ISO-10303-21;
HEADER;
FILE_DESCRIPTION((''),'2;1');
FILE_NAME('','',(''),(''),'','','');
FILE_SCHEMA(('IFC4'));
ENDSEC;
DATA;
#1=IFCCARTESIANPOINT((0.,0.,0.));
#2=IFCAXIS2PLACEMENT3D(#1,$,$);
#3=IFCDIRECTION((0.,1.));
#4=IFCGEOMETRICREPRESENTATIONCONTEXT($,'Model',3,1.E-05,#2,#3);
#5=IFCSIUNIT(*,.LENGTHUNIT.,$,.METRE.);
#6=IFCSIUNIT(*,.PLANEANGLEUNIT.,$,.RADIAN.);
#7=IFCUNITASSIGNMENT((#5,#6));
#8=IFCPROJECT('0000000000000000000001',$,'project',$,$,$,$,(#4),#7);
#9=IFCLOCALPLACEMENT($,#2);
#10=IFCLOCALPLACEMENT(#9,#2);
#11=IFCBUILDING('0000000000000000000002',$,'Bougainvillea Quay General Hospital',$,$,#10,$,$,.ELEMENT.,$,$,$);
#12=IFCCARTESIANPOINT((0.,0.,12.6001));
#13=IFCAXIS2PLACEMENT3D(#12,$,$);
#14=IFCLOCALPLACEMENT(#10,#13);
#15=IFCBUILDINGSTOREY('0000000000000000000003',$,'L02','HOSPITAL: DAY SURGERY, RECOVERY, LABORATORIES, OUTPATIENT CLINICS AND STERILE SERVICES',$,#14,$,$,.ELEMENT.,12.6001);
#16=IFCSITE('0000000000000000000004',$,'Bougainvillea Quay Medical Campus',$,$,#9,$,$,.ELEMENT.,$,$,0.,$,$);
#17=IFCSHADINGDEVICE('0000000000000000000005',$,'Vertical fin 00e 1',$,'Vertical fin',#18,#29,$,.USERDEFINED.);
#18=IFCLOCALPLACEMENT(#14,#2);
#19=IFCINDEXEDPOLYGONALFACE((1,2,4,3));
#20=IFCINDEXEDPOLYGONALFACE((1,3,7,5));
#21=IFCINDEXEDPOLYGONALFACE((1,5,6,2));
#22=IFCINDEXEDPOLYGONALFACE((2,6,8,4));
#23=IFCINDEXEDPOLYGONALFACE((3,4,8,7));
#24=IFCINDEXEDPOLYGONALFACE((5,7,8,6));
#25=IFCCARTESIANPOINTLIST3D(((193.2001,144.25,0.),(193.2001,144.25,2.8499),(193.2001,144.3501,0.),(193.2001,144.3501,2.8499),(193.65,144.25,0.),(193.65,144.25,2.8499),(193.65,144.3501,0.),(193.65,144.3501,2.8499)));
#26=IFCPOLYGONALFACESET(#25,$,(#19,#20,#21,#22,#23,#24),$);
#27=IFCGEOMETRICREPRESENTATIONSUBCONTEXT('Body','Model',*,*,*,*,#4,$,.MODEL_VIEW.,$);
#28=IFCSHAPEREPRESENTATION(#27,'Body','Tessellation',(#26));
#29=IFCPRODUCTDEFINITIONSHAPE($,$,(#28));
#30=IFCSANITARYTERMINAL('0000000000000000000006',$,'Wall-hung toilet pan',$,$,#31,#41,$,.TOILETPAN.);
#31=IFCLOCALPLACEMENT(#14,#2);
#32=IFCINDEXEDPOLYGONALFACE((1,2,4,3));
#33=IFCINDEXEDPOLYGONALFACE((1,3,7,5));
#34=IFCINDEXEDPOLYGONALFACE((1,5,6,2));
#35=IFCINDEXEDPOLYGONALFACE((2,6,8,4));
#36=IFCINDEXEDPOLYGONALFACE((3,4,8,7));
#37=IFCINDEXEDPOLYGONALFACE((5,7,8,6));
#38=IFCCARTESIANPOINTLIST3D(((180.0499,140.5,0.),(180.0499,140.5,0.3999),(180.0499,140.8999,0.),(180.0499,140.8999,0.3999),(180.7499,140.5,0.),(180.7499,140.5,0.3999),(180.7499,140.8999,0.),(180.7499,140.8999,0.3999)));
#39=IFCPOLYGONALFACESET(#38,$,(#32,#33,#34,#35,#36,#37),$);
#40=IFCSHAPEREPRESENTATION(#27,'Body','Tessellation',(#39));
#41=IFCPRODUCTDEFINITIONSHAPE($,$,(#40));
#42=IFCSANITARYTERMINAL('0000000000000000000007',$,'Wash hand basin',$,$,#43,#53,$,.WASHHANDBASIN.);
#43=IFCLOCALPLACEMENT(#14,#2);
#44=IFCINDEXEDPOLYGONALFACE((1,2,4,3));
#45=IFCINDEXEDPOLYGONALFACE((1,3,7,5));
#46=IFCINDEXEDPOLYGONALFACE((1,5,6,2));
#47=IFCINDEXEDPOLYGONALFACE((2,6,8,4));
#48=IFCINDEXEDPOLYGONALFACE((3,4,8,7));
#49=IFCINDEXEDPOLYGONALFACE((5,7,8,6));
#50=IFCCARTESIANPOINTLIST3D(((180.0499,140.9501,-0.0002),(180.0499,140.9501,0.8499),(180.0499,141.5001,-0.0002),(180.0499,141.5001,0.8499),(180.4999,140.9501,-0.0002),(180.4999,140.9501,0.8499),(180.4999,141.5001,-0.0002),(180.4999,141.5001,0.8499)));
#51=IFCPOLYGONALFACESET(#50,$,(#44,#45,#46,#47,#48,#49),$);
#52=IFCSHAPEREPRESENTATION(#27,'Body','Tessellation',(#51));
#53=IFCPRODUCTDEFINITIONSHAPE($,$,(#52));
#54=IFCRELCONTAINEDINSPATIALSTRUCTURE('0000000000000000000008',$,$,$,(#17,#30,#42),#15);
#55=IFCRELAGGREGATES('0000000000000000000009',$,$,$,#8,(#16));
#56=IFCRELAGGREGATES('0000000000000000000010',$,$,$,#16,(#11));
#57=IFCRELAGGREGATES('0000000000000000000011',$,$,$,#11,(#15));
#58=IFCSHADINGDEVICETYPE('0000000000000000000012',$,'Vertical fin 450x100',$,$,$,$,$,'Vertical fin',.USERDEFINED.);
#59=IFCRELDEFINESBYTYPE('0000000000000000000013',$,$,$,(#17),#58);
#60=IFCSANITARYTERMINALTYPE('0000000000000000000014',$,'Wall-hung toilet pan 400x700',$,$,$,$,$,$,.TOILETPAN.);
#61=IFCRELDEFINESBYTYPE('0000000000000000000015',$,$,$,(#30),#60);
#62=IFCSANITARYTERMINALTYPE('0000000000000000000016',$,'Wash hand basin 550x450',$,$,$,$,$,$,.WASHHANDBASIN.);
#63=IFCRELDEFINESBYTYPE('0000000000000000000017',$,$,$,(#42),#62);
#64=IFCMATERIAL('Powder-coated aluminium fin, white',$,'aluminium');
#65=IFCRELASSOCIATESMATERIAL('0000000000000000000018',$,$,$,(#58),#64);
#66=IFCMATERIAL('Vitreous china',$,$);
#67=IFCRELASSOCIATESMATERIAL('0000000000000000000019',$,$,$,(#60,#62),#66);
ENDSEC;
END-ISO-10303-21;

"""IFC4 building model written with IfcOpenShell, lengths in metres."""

from ifc_helpers import new_model, si_unit, direction, frame, origin, origin_2d, place, context, subcontext, project, spatial, rectangle, extrude, material, material_profile, profile_set, type_object, element, save


model = new_model("IFC4")

# Units and contexts
model_context = context("Model", 3, precision=1e-05, world=origin(), true_north=direction((0.0, 1.0)))
body_context = subcontext(model_context, "Body", "Model", "MODEL_VIEW")
ifc_project = project(units=[si_unit("LENGTHUNIT", "METRE"), si_unit("PLANEANGLEUNIT", "RADIAN")], contexts=[model_context])

# Site, building, storey
site_placement = place(None, origin())
site = spatial("IfcSite", under=ifc_project, at=site_placement, Name="Bougainvillea Quay Medical Campus", CompositionType="ELEMENT", RefElevation=0.0)
building_placement = place(site_placement, origin())
building = spatial("IfcBuilding", under=site, at=building_placement, Name="Bougainvillea Quay General Hospital", CompositionType="ELEMENT")
storey_placement = place(building_placement, frame((0.0, 0.0, 12.6001)))
storey = spatial("IfcBuildingStorey", under=building, at=storey_placement, Name="L02", Description="HOSPITAL: DAY SURGERY, RECOVERY, LABORATORIES, OUTPATIENT CLINICS AND STERILE SERVICES", CompositionType="ELEMENT", Elevation=12.6001)

# Shading device
ifc_material_1 = material(Name="Powder-coated aluminium fin, white", Category="aluminium")
ifc_material_profile_1 = material_profile(ifc_material_1, rectangle(XDim=0.45, YDim=0.1001, at=origin_2d()))
ifc_profile_set_1 = profile_set([ifc_material_profile_1], Name="Powder-coated aluminium fin, white")
shading_device_type = type_object("IfcShadingDeviceType", Name="Vertical fin 450x100", ElementType="Vertical fin", PredefinedType="USERDEFINED", material=ifc_profile_set_1)
shading_device_placement = place(storey_placement, frame((193.425, 144.3, 0.0), z_axis=(0.0, 0.0, 1.0), x_axis=(1.0, 0.0, 0.0)))
element("IfcShadingDevice", 1, at=shading_device_placement, inside=storey, type_object=shading_device_type, Name="Vertical fin 00e 1", ObjectType="Vertical fin", PredefinedType="USERDEFINED", context=body_context, shape_type="SweptSolid", body=[
    extrude(rectangle(XDim=0.45, YDim=0.1001, at=origin_2d()), origin(), (0.0, 0.0, 1.0), 2.8499),
])

# Sanitary terminals
ifc_material_2 = material(Name="Vitreous china")
sanitary_terminal_type_1 = type_object("IfcSanitaryTerminalType", Name="Wall-hung toilet pan 400x700", PredefinedType="TOILETPAN", material=ifc_material_2)
sanitary_terminal_1_placement = place(storey_placement, frame((180.3999, 140.7, 0.0), z_axis=(0.0, 0.0, 1.0), x_axis=(0.0, 1.0, 0.0)))
element("IfcSanitaryTerminal", 2, at=sanitary_terminal_1_placement, inside=storey, type_object=sanitary_terminal_type_1, Name="Wall-hung toilet pan", PredefinedType="TOILETPAN", context=body_context, shape_type="SweptSolid", body=[
    extrude(rectangle(XDim=0.3999, YDim=0.7, at=origin_2d()), origin(), (0.0, 0.0, 1.0), 0.3999),
])
sanitary_terminal_type_2 = type_object("IfcSanitaryTerminalType", Name="Wash hand basin 550x450", PredefinedType="WASHHANDBASIN", material=ifc_material_2)
sanitary_terminal_2_placement = place(storey_placement, frame((180.2749, 141.2251, -0.0002), z_axis=(0.0, 0.0, 1.0), x_axis=(0.0, 1.0, 0.0)))
element("IfcSanitaryTerminal", 3, at=sanitary_terminal_2_placement, inside=storey, type_object=sanitary_terminal_type_2, Name="Wash hand basin", PredefinedType="WASHHANDBASIN", context=body_context, shape_type="SweptSolid", body=[
    extrude(rectangle(XDim=0.55, YDim=0.45, at=origin_2d()), origin(), (0.0, 0.0, 1.0), 0.8501),
])

save(model, "model.ifc")
